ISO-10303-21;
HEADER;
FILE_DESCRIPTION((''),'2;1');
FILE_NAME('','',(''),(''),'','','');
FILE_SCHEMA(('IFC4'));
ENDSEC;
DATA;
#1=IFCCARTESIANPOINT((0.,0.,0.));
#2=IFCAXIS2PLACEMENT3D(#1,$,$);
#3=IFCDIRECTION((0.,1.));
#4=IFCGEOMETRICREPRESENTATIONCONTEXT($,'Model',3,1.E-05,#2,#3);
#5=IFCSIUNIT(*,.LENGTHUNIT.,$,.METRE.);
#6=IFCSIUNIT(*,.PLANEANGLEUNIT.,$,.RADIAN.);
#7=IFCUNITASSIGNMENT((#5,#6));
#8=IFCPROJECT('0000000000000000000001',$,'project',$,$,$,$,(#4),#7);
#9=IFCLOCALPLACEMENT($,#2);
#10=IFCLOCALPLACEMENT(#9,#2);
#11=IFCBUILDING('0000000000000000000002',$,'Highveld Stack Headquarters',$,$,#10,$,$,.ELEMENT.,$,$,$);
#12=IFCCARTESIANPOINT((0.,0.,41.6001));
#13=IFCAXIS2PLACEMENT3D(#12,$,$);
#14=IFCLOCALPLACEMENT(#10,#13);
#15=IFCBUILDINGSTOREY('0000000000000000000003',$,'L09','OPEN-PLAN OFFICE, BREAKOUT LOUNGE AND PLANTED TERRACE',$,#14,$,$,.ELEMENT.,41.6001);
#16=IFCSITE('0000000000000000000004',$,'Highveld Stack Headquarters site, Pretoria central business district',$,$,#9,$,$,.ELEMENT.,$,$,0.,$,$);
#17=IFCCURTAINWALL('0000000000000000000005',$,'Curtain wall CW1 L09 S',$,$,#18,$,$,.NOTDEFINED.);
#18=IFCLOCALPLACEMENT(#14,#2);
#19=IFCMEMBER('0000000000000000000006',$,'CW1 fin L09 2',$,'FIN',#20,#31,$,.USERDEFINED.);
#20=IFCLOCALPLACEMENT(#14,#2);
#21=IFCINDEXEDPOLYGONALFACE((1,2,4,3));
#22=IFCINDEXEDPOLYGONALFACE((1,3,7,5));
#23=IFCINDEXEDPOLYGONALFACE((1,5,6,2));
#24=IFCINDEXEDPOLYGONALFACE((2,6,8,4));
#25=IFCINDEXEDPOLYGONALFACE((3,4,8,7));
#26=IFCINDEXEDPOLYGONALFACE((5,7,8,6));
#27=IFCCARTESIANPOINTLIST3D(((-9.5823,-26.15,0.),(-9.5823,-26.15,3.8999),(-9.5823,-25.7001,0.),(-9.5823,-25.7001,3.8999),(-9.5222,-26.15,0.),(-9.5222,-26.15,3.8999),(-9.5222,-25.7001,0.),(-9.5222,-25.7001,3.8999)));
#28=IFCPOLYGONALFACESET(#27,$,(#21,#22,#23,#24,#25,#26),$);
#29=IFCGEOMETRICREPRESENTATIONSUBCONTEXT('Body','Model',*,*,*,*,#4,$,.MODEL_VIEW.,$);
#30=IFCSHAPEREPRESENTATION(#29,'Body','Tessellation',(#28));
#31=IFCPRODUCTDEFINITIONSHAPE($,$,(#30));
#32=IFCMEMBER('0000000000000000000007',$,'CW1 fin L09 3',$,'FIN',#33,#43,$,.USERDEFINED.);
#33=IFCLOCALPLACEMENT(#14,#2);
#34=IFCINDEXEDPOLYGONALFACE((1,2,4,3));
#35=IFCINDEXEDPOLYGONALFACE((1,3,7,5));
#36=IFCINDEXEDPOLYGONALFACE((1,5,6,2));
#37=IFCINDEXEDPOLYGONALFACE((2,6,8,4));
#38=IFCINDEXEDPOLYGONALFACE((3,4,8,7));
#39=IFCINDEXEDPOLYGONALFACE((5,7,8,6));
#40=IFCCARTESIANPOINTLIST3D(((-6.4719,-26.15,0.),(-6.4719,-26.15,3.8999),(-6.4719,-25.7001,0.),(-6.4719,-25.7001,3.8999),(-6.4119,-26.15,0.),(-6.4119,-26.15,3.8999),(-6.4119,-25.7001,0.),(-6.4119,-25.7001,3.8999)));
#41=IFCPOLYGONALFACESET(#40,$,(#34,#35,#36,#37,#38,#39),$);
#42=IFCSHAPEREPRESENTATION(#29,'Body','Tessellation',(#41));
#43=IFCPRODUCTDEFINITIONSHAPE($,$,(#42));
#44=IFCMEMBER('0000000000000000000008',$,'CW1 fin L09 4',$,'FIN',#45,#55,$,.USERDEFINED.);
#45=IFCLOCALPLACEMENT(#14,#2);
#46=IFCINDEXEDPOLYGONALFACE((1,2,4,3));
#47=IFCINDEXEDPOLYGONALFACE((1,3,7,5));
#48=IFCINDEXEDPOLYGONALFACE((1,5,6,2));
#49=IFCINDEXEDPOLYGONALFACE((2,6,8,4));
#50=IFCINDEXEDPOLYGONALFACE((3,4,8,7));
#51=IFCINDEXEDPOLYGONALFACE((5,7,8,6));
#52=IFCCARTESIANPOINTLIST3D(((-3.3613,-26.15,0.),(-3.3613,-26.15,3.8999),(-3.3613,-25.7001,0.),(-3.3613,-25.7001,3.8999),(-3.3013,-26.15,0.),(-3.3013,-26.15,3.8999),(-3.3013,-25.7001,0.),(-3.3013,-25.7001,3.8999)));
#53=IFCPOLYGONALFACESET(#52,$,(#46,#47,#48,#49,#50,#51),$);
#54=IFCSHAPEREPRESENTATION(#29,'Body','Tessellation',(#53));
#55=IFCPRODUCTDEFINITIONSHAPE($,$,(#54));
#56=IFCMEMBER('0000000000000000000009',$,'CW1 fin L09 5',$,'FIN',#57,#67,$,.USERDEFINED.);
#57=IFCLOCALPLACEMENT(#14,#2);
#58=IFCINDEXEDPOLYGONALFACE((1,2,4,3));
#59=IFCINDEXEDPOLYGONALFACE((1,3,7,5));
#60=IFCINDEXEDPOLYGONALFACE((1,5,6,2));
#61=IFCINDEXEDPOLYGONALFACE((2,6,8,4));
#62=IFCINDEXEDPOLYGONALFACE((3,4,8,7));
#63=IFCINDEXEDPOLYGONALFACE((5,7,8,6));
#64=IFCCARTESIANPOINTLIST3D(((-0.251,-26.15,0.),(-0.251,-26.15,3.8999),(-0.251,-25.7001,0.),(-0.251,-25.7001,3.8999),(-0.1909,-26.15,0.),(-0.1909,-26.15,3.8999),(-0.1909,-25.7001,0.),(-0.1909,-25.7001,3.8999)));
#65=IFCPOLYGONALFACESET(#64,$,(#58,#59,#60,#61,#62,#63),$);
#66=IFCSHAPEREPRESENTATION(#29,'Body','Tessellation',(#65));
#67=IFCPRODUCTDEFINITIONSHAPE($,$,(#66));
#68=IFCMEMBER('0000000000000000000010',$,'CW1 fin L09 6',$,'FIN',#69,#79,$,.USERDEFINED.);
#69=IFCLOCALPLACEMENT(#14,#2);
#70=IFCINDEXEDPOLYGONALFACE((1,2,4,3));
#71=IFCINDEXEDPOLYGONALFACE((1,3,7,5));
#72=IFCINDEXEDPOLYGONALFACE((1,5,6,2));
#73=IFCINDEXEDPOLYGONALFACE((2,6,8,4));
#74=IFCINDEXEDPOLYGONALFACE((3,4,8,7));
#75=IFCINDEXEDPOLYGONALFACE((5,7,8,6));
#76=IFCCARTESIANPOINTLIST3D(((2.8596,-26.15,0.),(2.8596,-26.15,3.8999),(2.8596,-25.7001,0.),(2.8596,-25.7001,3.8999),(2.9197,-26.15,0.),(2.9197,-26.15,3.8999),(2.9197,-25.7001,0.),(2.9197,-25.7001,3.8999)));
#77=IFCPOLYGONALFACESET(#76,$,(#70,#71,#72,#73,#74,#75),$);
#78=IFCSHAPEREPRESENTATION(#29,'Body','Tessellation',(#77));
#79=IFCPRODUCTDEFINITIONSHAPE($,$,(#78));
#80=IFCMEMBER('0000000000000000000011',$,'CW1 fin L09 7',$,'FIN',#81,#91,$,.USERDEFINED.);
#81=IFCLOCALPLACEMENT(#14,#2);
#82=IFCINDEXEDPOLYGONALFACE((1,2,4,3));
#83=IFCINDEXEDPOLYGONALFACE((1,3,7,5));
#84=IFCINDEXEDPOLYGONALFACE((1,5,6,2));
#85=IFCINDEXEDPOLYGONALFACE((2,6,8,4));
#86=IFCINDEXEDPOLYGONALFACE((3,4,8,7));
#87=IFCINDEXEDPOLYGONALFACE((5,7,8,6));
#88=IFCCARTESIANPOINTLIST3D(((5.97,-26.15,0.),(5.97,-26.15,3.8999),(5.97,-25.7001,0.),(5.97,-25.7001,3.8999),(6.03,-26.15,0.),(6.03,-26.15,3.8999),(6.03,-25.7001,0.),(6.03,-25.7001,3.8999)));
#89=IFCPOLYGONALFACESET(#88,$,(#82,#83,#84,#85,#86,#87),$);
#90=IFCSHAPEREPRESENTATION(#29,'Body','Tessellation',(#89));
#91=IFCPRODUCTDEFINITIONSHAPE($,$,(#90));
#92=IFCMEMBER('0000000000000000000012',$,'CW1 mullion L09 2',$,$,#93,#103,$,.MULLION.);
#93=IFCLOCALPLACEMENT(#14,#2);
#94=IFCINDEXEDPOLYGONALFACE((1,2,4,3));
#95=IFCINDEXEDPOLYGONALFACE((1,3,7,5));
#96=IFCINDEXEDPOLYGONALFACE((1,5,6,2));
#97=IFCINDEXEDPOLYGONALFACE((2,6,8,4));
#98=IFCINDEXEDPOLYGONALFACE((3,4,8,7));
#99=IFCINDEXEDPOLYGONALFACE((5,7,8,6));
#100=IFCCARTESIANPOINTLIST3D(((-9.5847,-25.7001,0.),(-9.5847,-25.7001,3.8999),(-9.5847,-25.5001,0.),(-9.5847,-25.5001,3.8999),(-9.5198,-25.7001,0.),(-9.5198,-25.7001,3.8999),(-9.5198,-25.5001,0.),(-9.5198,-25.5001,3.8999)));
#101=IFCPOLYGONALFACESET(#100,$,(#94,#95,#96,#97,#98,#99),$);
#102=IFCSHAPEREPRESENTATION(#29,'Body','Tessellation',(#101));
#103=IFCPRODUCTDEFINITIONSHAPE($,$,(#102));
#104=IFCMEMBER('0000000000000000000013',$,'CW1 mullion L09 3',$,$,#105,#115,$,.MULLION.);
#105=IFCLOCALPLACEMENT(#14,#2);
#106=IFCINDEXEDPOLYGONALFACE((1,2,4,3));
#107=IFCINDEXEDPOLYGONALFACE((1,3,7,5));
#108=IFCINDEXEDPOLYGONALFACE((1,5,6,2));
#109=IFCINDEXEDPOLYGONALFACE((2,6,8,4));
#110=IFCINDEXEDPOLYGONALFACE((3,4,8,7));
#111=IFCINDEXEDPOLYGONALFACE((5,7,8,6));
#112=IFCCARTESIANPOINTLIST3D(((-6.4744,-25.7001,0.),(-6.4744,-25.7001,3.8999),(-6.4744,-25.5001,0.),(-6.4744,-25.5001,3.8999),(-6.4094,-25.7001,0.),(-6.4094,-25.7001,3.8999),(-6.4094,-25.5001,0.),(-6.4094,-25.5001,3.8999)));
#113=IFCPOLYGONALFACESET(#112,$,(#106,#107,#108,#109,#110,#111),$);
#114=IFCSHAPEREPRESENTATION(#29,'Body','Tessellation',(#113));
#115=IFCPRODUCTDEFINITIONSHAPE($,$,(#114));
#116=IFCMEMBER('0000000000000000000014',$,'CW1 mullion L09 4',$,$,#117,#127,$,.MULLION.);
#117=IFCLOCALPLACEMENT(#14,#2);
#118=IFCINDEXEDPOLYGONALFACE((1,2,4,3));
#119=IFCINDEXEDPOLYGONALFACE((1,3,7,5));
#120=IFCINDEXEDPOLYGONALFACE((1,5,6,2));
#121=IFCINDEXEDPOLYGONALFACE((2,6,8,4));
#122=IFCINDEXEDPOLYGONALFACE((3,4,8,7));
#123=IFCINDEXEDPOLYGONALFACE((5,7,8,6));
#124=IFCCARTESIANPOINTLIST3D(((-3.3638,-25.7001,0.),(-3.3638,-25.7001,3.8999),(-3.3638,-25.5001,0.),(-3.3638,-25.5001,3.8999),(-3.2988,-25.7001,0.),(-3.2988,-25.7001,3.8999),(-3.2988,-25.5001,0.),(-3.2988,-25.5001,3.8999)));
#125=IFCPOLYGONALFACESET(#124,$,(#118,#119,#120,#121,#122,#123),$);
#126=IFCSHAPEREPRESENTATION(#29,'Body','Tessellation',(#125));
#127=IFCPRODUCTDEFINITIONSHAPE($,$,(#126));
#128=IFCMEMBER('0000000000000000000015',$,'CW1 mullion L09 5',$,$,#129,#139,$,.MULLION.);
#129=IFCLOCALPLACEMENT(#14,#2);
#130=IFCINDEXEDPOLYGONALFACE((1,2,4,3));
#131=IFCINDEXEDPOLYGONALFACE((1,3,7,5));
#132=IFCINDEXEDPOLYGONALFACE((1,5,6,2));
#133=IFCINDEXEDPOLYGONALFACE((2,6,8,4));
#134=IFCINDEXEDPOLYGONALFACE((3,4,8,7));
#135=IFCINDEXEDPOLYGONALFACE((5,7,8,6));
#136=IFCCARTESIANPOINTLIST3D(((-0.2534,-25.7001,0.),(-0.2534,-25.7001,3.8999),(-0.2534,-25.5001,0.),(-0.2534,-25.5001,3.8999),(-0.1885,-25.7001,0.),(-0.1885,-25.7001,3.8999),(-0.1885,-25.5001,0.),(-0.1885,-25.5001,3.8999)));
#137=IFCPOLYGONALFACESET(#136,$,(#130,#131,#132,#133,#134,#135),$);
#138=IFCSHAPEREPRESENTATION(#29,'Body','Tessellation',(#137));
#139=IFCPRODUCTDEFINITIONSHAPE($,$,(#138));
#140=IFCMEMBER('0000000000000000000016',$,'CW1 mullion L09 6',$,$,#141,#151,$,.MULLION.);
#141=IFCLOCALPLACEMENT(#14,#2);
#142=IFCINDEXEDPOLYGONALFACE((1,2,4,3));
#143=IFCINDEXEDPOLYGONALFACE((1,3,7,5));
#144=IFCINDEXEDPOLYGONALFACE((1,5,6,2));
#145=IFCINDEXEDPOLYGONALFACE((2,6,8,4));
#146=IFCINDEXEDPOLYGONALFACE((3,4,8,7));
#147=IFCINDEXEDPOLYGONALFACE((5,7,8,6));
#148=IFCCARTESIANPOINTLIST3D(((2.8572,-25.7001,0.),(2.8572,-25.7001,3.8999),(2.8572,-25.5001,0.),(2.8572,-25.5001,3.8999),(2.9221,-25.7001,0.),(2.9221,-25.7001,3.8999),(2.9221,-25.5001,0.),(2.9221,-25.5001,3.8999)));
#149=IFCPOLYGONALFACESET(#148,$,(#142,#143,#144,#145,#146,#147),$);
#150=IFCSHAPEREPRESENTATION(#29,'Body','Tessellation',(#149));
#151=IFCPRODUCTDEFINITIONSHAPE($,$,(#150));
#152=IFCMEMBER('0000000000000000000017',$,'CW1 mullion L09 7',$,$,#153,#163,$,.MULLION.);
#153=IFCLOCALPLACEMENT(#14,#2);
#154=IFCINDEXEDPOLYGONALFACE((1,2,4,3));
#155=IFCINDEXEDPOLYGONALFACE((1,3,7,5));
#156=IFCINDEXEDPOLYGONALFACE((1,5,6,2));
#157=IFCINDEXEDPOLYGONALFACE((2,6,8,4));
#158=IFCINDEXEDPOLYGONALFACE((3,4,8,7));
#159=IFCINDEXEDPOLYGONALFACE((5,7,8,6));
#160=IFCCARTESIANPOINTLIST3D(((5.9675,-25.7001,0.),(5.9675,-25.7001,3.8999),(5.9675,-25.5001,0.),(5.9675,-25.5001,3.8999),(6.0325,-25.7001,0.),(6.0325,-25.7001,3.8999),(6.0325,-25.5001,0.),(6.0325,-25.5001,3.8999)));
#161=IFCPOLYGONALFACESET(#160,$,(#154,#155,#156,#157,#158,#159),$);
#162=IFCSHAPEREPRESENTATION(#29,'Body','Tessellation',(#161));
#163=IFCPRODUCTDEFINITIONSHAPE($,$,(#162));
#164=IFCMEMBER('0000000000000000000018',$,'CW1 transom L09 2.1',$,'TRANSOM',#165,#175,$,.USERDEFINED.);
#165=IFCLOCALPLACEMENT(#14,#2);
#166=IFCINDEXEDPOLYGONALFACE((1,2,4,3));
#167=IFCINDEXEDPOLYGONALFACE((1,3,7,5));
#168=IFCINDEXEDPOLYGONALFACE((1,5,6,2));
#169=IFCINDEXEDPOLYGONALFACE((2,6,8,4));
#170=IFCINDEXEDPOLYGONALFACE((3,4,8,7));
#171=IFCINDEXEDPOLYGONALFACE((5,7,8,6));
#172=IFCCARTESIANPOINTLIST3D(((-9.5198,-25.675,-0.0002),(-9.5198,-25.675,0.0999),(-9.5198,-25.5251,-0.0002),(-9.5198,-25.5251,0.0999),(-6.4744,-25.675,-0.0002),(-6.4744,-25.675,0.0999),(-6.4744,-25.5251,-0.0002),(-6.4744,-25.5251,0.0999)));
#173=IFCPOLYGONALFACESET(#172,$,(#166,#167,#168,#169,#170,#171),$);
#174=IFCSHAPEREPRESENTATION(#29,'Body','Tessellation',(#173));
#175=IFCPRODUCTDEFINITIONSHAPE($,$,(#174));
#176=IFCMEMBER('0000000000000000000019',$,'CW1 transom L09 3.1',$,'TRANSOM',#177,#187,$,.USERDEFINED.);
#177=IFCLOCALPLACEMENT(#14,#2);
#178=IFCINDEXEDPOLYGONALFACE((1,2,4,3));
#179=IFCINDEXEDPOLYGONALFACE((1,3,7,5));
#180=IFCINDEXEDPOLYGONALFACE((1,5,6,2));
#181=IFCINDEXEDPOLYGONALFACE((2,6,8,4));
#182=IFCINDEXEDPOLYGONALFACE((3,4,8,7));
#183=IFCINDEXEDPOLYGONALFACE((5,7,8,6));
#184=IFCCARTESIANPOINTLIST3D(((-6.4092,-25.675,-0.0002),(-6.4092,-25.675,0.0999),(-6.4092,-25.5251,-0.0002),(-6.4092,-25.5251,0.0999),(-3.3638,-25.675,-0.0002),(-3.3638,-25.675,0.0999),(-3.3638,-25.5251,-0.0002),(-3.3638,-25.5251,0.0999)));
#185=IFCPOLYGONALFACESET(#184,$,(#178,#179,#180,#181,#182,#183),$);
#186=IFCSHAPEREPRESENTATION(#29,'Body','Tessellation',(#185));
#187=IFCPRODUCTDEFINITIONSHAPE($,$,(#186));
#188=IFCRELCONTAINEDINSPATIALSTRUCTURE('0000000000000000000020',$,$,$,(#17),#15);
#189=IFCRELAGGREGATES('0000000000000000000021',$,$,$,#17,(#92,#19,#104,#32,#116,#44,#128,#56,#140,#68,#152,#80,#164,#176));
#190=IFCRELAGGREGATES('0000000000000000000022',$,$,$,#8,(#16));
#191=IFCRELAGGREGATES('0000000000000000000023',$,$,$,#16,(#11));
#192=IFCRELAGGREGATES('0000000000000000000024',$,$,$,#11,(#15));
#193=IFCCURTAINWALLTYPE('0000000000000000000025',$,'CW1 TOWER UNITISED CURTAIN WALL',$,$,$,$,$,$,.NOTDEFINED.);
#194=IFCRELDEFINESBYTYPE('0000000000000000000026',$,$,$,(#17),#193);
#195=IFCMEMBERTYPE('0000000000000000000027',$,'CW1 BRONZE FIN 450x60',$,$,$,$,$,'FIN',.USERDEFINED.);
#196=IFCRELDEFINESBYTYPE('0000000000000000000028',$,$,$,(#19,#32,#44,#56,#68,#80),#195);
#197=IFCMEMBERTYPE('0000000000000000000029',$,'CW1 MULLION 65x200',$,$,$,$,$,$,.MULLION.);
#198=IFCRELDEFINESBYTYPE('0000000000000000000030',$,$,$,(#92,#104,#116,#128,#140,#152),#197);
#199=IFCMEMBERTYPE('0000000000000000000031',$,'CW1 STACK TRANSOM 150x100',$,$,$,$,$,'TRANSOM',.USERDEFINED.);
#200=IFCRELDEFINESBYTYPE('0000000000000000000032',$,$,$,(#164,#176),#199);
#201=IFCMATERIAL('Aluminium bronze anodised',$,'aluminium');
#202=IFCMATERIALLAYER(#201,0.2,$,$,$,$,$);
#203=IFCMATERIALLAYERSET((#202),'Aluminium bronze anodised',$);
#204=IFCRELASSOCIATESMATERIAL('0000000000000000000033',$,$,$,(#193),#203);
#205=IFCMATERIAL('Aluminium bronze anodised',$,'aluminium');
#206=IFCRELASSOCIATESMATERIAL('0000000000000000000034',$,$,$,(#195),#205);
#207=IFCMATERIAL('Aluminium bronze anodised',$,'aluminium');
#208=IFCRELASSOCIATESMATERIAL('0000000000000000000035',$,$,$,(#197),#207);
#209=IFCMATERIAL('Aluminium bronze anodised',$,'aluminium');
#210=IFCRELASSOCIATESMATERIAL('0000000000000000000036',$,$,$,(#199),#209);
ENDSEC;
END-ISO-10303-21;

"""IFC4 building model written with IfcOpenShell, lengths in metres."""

from ifc_helpers import new_model, si_unit, direction, frame, origin, origin_2d, place, context, subcontext, project, spatial, rectangle, extrude, material, layer, layer_set, material_profile, profile_set, type_object, element, aggregate, save


model = new_model("IFC4")

# Units and contexts
model_context = context("Model", 3, precision=1e-05, world=origin(), true_north=direction((0.0, 1.0)))
body_context = subcontext(model_context, "Body", "Model", "MODEL_VIEW")
ifc_project = project(units=[si_unit("LENGTHUNIT", "METRE"), si_unit("PLANEANGLEUNIT", "RADIAN")], contexts=[model_context])

# Site, building, storey
site_placement = place(None, origin())
site = spatial("IfcSite", under=ifc_project, at=site_placement, Name="Highveld Stack Headquarters site, Pretoria central business district", CompositionType="ELEMENT", RefElevation=0.0)
building_placement = place(site_placement, origin())
building = spatial("IfcBuilding", under=site, at=building_placement, Name="Highveld Stack Headquarters", CompositionType="ELEMENT")
storey_placement = place(building_placement, frame((0.0, 0.0, 41.6001)))
storey = spatial("IfcBuildingStorey", under=building, at=storey_placement, Name="L09", Description="OPEN-PLAN OFFICE, BREAKOUT LOUNGE AND PLANTED TERRACE", CompositionType="ELEMENT", Elevation=41.6001)

# Curtain wall, members
ifc_material_1 = material(Name="Aluminium bronze anodised", Category="aluminium")
ifc_layer_1 = layer(ifc_material_1, 0.2)
ifc_layer_set_1 = layer_set([ifc_layer_1], Name="Aluminium bronze anodised")
curtain_wall_type = type_object("IfcCurtainWallType", Name="CW1 TOWER UNITISED CURTAIN WALL", PredefinedType="NOTDEFINED", material=ifc_layer_set_1)
curtain_wall_placement = place(storey_placement, origin())
curtain_wall = element("IfcCurtainWall", 1, at=curtain_wall_placement, inside=storey, type_object=curtain_wall_type, Name="Curtain wall CW1 L09 S", PredefinedType="NOTDEFINED")
ifc_material_2 = material(Name="Aluminium bronze anodised", Category="aluminium")
ifc_material_profile_1 = material_profile(ifc_material_2, rectangle(XDim=0.45, YDim=0.0601, at=origin_2d()), Name="FIN 450x60")
ifc_profile_set_1 = profile_set([ifc_material_profile_1], Name="Aluminium bronze anodised")
member_type_1 = type_object("IfcMemberType", Name="CW1 BRONZE FIN 450x60", ElementType="FIN", PredefinedType="USERDEFINED", material=ifc_profile_set_1)
member_1_placement = place(storey_placement, frame((-9.5522, -25.925, 0.0), z_axis=(0.0, 0.0, 1.0), x_axis=(0.0, 1.0, 0.0)))
member_1 = element("IfcMember", 2, at=member_1_placement, type_object=member_type_1, Name="CW1 fin L09 2", ObjectType="FIN", PredefinedType="USERDEFINED", context=body_context, shape_type="SweptSolid", body=[
    extrude(rectangle(XDim=0.45, YDim=0.0601, at=origin_2d()), origin(), (0.0, 0.0, 1.0), 3.8999),
])
member_2_placement = place(storey_placement, frame((-6.4419, -25.925, 0.0), z_axis=(0.0, 0.0, 1.0), x_axis=(0.0, 1.0, 0.0)))
member_2 = element("IfcMember", 3, at=member_2_placement, type_object=member_type_1, Name="CW1 fin L09 3", ObjectType="FIN", PredefinedType="USERDEFINED", context=body_context, shape_type="SweptSolid", body=[
    extrude(rectangle(XDim=0.45, YDim=0.0601, at=origin_2d()), origin(), (0.0, 0.0, 1.0), 3.8999),
])
member_3_placement = place(storey_placement, frame((-3.3313, -25.925, 0.0), z_axis=(0.0, 0.0, 1.0), x_axis=(0.0, 1.0, 0.0)))
member_3 = element("IfcMember", 4, at=member_3_placement, type_object=member_type_1, Name="CW1 fin L09 4", ObjectType="FIN", PredefinedType="USERDEFINED", context=body_context, shape_type="SweptSolid", body=[
    extrude(rectangle(XDim=0.45, YDim=0.0601, at=origin_2d()), origin(), (0.0, 0.0, 1.0), 3.8999),
])
member_4_placement = place(storey_placement, frame((-0.2209, -25.925, 0.0), z_axis=(0.0, 0.0, 1.0), x_axis=(0.0, 1.0, 0.0)))
member_4 = element("IfcMember", 5, at=member_4_placement, type_object=member_type_1, Name="CW1 fin L09 5", ObjectType="FIN", PredefinedType="USERDEFINED", context=body_context, shape_type="SweptSolid", body=[
    extrude(rectangle(XDim=0.45, YDim=0.0601, at=origin_2d()), origin(), (0.0, 0.0, 1.0), 3.8999),
])
member_5_placement = place(storey_placement, frame((2.8896, -25.925, 0.0), z_axis=(0.0, 0.0, 1.0), x_axis=(0.0, 1.0, 0.0)))
member_5 = element("IfcMember", 6, at=member_5_placement, type_object=member_type_1, Name="CW1 fin L09 6", ObjectType="FIN", PredefinedType="USERDEFINED", context=body_context, shape_type="SweptSolid", body=[
    extrude(rectangle(XDim=0.45, YDim=0.0601, at=origin_2d()), origin(), (0.0, 0.0, 1.0), 3.8999),
])
member_6_placement = place(storey_placement, frame((6.0, -25.925, 0.0), z_axis=(0.0, 0.0, 1.0), x_axis=(0.0, 1.0, 0.0)))
member_6 = element("IfcMember", 7, at=member_6_placement, type_object=member_type_1, Name="CW1 fin L09 7", ObjectType="FIN", PredefinedType="USERDEFINED", context=body_context, shape_type="SweptSolid", body=[
    extrude(rectangle(XDim=0.45, YDim=0.0601, at=origin_2d()), origin(), (0.0, 0.0, 1.0), 3.8999),
])
ifc_material_3 = material(Name="Aluminium bronze anodised", Category="aluminium")
ifc_material_profile_2 = material_profile(ifc_material_3, rectangle(XDim=0.2, YDim=0.0649, at=origin_2d()), Name="CW1 MULLION 65x200")
ifc_profile_set_2 = profile_set([ifc_material_profile_2], Name="Aluminium bronze anodised")
member_type_2 = type_object("IfcMemberType", Name="CW1 MULLION 65x200", PredefinedType="MULLION", material=ifc_profile_set_2)
member_7_placement = place(storey_placement, frame((-9.5522, -25.6001, 0.0), z_axis=(0.0, 0.0, 1.0), x_axis=(0.0, 1.0, 0.0)))
member_7 = element("IfcMember", 8, at=member_7_placement, type_object=member_type_2, Name="CW1 mullion L09 2", PredefinedType="MULLION", context=body_context, shape_type="SweptSolid", body=[
    extrude(rectangle(XDim=0.2, YDim=0.0649, at=origin_2d()), origin(), (0.0, 0.0, 1.0), 3.8999),
])
member_8_placement = place(storey_placement, frame((-6.4419, -25.6001, 0.0), z_axis=(0.0, 0.0, 1.0), x_axis=(0.0, 1.0, 0.0)))
member_8 = element("IfcMember", 9, at=member_8_placement, type_object=member_type_2, Name="CW1 mullion L09 3", PredefinedType="MULLION", context=body_context, shape_type="SweptSolid", body=[
    extrude(rectangle(XDim=0.2, YDim=0.0649, at=origin_2d()), origin(), (0.0, 0.0, 1.0), 3.8999),
])
member_9_placement = place(storey_placement, frame((-3.3313, -25.6001, 0.0), z_axis=(0.0, 0.0, 1.0), x_axis=(0.0, 1.0, 0.0)))
member_9 = element("IfcMember", 10, at=member_9_placement, type_object=member_type_2, Name="CW1 mullion L09 4", PredefinedType="MULLION", context=body_context, shape_type="SweptSolid", body=[
    extrude(rectangle(XDim=0.2, YDim=0.0649, at=origin_2d()), origin(), (0.0, 0.0, 1.0), 3.8999),
])
member_10_placement = place(storey_placement, frame((-0.2209, -25.6001, 0.0), z_axis=(0.0, 0.0, 1.0), x_axis=(0.0, 1.0, 0.0)))
member_10 = element("IfcMember", 11, at=member_10_placement, type_object=member_type_2, Name="CW1 mullion L09 5", PredefinedType="MULLION", context=body_context, shape_type="SweptSolid", body=[
    extrude(rectangle(XDim=0.2, YDim=0.0649, at=origin_2d()), origin(), (0.0, 0.0, 1.0), 3.8999),
])
member_11_placement = place(storey_placement, frame((2.8896, -25.6001, 0.0), z_axis=(0.0, 0.0, 1.0), x_axis=(0.0, 1.0, 0.0)))
member_11 = element("IfcMember", 12, at=member_11_placement, type_object=member_type_2, Name="CW1 mullion L09 6", PredefinedType="MULLION", context=body_context, shape_type="SweptSolid", body=[
    extrude(rectangle(XDim=0.2, YDim=0.0649, at=origin_2d()), origin(), (0.0, 0.0, 1.0), 3.8999),
])
member_12_placement = place(storey_placement, frame((6.0, -25.6001, 0.0), z_axis=(0.0, 0.0, 1.0), x_axis=(0.0, 1.0, 0.0)))
member_12 = element("IfcMember", 13, at=member_12_placement, type_object=member_type_2, Name="CW1 mullion L09 7", PredefinedType="MULLION", context=body_context, shape_type="SweptSolid", body=[
    extrude(rectangle(XDim=0.2, YDim=0.0649, at=origin_2d()), origin(), (0.0, 0.0, 1.0), 3.8999),
])
ifc_material_4 = material(Name="Aluminium bronze anodised", Category="aluminium")
ifc_material_profile_3 = material_profile(ifc_material_4, rectangle(XDim=0.1499, YDim=0.1001, at=origin_2d()), Name="CW1 TRANSOM 150x100")
ifc_profile_set_3 = profile_set([ifc_material_profile_3], Name="Aluminium bronze anodised")
member_type_3 = type_object("IfcMemberType", Name="CW1 STACK TRANSOM 150x100", ElementType="TRANSOM", PredefinedType="USERDEFINED", material=ifc_profile_set_3)
member_13_placement = place(storey_placement, frame((-9.5198, -25.6001, 0.0498), z_axis=(1.0, 0.0, 0.0), x_axis=(0.0, 1.0, 0.0)))
member_13 = element("IfcMember", 14, at=member_13_placement, type_object=member_type_3, Name="CW1 transom L09 2.1", ObjectType="TRANSOM", PredefinedType="USERDEFINED", context=body_context, shape_type="SweptSolid", body=[
    extrude(rectangle(XDim=0.1499, YDim=0.1001, at=origin_2d()), origin(), (0.0, 0.0, 1.0), 3.0454),
])
member_14_placement = place(storey_placement, frame((-6.4092, -25.6001, 0.0498), z_axis=(1.0, 0.0, 0.0), x_axis=(0.0, 1.0, 0.0)))
member_14 = element("IfcMember", 15, at=member_14_placement, type_object=member_type_3, Name="CW1 transom L09 3.1", ObjectType="TRANSOM", PredefinedType="USERDEFINED", context=body_context, shape_type="SweptSolid", body=[
    extrude(rectangle(XDim=0.1499, YDim=0.1001, at=origin_2d()), origin(), (0.0, 0.0, 1.0), 3.0454),
])
aggregate(curtain_wall, [member_7, member_1, member_8, member_2, member_9, member_3, member_10, member_4, member_11, member_5, member_12, member_6, member_13, member_14])

save(model, "model.ifc")
